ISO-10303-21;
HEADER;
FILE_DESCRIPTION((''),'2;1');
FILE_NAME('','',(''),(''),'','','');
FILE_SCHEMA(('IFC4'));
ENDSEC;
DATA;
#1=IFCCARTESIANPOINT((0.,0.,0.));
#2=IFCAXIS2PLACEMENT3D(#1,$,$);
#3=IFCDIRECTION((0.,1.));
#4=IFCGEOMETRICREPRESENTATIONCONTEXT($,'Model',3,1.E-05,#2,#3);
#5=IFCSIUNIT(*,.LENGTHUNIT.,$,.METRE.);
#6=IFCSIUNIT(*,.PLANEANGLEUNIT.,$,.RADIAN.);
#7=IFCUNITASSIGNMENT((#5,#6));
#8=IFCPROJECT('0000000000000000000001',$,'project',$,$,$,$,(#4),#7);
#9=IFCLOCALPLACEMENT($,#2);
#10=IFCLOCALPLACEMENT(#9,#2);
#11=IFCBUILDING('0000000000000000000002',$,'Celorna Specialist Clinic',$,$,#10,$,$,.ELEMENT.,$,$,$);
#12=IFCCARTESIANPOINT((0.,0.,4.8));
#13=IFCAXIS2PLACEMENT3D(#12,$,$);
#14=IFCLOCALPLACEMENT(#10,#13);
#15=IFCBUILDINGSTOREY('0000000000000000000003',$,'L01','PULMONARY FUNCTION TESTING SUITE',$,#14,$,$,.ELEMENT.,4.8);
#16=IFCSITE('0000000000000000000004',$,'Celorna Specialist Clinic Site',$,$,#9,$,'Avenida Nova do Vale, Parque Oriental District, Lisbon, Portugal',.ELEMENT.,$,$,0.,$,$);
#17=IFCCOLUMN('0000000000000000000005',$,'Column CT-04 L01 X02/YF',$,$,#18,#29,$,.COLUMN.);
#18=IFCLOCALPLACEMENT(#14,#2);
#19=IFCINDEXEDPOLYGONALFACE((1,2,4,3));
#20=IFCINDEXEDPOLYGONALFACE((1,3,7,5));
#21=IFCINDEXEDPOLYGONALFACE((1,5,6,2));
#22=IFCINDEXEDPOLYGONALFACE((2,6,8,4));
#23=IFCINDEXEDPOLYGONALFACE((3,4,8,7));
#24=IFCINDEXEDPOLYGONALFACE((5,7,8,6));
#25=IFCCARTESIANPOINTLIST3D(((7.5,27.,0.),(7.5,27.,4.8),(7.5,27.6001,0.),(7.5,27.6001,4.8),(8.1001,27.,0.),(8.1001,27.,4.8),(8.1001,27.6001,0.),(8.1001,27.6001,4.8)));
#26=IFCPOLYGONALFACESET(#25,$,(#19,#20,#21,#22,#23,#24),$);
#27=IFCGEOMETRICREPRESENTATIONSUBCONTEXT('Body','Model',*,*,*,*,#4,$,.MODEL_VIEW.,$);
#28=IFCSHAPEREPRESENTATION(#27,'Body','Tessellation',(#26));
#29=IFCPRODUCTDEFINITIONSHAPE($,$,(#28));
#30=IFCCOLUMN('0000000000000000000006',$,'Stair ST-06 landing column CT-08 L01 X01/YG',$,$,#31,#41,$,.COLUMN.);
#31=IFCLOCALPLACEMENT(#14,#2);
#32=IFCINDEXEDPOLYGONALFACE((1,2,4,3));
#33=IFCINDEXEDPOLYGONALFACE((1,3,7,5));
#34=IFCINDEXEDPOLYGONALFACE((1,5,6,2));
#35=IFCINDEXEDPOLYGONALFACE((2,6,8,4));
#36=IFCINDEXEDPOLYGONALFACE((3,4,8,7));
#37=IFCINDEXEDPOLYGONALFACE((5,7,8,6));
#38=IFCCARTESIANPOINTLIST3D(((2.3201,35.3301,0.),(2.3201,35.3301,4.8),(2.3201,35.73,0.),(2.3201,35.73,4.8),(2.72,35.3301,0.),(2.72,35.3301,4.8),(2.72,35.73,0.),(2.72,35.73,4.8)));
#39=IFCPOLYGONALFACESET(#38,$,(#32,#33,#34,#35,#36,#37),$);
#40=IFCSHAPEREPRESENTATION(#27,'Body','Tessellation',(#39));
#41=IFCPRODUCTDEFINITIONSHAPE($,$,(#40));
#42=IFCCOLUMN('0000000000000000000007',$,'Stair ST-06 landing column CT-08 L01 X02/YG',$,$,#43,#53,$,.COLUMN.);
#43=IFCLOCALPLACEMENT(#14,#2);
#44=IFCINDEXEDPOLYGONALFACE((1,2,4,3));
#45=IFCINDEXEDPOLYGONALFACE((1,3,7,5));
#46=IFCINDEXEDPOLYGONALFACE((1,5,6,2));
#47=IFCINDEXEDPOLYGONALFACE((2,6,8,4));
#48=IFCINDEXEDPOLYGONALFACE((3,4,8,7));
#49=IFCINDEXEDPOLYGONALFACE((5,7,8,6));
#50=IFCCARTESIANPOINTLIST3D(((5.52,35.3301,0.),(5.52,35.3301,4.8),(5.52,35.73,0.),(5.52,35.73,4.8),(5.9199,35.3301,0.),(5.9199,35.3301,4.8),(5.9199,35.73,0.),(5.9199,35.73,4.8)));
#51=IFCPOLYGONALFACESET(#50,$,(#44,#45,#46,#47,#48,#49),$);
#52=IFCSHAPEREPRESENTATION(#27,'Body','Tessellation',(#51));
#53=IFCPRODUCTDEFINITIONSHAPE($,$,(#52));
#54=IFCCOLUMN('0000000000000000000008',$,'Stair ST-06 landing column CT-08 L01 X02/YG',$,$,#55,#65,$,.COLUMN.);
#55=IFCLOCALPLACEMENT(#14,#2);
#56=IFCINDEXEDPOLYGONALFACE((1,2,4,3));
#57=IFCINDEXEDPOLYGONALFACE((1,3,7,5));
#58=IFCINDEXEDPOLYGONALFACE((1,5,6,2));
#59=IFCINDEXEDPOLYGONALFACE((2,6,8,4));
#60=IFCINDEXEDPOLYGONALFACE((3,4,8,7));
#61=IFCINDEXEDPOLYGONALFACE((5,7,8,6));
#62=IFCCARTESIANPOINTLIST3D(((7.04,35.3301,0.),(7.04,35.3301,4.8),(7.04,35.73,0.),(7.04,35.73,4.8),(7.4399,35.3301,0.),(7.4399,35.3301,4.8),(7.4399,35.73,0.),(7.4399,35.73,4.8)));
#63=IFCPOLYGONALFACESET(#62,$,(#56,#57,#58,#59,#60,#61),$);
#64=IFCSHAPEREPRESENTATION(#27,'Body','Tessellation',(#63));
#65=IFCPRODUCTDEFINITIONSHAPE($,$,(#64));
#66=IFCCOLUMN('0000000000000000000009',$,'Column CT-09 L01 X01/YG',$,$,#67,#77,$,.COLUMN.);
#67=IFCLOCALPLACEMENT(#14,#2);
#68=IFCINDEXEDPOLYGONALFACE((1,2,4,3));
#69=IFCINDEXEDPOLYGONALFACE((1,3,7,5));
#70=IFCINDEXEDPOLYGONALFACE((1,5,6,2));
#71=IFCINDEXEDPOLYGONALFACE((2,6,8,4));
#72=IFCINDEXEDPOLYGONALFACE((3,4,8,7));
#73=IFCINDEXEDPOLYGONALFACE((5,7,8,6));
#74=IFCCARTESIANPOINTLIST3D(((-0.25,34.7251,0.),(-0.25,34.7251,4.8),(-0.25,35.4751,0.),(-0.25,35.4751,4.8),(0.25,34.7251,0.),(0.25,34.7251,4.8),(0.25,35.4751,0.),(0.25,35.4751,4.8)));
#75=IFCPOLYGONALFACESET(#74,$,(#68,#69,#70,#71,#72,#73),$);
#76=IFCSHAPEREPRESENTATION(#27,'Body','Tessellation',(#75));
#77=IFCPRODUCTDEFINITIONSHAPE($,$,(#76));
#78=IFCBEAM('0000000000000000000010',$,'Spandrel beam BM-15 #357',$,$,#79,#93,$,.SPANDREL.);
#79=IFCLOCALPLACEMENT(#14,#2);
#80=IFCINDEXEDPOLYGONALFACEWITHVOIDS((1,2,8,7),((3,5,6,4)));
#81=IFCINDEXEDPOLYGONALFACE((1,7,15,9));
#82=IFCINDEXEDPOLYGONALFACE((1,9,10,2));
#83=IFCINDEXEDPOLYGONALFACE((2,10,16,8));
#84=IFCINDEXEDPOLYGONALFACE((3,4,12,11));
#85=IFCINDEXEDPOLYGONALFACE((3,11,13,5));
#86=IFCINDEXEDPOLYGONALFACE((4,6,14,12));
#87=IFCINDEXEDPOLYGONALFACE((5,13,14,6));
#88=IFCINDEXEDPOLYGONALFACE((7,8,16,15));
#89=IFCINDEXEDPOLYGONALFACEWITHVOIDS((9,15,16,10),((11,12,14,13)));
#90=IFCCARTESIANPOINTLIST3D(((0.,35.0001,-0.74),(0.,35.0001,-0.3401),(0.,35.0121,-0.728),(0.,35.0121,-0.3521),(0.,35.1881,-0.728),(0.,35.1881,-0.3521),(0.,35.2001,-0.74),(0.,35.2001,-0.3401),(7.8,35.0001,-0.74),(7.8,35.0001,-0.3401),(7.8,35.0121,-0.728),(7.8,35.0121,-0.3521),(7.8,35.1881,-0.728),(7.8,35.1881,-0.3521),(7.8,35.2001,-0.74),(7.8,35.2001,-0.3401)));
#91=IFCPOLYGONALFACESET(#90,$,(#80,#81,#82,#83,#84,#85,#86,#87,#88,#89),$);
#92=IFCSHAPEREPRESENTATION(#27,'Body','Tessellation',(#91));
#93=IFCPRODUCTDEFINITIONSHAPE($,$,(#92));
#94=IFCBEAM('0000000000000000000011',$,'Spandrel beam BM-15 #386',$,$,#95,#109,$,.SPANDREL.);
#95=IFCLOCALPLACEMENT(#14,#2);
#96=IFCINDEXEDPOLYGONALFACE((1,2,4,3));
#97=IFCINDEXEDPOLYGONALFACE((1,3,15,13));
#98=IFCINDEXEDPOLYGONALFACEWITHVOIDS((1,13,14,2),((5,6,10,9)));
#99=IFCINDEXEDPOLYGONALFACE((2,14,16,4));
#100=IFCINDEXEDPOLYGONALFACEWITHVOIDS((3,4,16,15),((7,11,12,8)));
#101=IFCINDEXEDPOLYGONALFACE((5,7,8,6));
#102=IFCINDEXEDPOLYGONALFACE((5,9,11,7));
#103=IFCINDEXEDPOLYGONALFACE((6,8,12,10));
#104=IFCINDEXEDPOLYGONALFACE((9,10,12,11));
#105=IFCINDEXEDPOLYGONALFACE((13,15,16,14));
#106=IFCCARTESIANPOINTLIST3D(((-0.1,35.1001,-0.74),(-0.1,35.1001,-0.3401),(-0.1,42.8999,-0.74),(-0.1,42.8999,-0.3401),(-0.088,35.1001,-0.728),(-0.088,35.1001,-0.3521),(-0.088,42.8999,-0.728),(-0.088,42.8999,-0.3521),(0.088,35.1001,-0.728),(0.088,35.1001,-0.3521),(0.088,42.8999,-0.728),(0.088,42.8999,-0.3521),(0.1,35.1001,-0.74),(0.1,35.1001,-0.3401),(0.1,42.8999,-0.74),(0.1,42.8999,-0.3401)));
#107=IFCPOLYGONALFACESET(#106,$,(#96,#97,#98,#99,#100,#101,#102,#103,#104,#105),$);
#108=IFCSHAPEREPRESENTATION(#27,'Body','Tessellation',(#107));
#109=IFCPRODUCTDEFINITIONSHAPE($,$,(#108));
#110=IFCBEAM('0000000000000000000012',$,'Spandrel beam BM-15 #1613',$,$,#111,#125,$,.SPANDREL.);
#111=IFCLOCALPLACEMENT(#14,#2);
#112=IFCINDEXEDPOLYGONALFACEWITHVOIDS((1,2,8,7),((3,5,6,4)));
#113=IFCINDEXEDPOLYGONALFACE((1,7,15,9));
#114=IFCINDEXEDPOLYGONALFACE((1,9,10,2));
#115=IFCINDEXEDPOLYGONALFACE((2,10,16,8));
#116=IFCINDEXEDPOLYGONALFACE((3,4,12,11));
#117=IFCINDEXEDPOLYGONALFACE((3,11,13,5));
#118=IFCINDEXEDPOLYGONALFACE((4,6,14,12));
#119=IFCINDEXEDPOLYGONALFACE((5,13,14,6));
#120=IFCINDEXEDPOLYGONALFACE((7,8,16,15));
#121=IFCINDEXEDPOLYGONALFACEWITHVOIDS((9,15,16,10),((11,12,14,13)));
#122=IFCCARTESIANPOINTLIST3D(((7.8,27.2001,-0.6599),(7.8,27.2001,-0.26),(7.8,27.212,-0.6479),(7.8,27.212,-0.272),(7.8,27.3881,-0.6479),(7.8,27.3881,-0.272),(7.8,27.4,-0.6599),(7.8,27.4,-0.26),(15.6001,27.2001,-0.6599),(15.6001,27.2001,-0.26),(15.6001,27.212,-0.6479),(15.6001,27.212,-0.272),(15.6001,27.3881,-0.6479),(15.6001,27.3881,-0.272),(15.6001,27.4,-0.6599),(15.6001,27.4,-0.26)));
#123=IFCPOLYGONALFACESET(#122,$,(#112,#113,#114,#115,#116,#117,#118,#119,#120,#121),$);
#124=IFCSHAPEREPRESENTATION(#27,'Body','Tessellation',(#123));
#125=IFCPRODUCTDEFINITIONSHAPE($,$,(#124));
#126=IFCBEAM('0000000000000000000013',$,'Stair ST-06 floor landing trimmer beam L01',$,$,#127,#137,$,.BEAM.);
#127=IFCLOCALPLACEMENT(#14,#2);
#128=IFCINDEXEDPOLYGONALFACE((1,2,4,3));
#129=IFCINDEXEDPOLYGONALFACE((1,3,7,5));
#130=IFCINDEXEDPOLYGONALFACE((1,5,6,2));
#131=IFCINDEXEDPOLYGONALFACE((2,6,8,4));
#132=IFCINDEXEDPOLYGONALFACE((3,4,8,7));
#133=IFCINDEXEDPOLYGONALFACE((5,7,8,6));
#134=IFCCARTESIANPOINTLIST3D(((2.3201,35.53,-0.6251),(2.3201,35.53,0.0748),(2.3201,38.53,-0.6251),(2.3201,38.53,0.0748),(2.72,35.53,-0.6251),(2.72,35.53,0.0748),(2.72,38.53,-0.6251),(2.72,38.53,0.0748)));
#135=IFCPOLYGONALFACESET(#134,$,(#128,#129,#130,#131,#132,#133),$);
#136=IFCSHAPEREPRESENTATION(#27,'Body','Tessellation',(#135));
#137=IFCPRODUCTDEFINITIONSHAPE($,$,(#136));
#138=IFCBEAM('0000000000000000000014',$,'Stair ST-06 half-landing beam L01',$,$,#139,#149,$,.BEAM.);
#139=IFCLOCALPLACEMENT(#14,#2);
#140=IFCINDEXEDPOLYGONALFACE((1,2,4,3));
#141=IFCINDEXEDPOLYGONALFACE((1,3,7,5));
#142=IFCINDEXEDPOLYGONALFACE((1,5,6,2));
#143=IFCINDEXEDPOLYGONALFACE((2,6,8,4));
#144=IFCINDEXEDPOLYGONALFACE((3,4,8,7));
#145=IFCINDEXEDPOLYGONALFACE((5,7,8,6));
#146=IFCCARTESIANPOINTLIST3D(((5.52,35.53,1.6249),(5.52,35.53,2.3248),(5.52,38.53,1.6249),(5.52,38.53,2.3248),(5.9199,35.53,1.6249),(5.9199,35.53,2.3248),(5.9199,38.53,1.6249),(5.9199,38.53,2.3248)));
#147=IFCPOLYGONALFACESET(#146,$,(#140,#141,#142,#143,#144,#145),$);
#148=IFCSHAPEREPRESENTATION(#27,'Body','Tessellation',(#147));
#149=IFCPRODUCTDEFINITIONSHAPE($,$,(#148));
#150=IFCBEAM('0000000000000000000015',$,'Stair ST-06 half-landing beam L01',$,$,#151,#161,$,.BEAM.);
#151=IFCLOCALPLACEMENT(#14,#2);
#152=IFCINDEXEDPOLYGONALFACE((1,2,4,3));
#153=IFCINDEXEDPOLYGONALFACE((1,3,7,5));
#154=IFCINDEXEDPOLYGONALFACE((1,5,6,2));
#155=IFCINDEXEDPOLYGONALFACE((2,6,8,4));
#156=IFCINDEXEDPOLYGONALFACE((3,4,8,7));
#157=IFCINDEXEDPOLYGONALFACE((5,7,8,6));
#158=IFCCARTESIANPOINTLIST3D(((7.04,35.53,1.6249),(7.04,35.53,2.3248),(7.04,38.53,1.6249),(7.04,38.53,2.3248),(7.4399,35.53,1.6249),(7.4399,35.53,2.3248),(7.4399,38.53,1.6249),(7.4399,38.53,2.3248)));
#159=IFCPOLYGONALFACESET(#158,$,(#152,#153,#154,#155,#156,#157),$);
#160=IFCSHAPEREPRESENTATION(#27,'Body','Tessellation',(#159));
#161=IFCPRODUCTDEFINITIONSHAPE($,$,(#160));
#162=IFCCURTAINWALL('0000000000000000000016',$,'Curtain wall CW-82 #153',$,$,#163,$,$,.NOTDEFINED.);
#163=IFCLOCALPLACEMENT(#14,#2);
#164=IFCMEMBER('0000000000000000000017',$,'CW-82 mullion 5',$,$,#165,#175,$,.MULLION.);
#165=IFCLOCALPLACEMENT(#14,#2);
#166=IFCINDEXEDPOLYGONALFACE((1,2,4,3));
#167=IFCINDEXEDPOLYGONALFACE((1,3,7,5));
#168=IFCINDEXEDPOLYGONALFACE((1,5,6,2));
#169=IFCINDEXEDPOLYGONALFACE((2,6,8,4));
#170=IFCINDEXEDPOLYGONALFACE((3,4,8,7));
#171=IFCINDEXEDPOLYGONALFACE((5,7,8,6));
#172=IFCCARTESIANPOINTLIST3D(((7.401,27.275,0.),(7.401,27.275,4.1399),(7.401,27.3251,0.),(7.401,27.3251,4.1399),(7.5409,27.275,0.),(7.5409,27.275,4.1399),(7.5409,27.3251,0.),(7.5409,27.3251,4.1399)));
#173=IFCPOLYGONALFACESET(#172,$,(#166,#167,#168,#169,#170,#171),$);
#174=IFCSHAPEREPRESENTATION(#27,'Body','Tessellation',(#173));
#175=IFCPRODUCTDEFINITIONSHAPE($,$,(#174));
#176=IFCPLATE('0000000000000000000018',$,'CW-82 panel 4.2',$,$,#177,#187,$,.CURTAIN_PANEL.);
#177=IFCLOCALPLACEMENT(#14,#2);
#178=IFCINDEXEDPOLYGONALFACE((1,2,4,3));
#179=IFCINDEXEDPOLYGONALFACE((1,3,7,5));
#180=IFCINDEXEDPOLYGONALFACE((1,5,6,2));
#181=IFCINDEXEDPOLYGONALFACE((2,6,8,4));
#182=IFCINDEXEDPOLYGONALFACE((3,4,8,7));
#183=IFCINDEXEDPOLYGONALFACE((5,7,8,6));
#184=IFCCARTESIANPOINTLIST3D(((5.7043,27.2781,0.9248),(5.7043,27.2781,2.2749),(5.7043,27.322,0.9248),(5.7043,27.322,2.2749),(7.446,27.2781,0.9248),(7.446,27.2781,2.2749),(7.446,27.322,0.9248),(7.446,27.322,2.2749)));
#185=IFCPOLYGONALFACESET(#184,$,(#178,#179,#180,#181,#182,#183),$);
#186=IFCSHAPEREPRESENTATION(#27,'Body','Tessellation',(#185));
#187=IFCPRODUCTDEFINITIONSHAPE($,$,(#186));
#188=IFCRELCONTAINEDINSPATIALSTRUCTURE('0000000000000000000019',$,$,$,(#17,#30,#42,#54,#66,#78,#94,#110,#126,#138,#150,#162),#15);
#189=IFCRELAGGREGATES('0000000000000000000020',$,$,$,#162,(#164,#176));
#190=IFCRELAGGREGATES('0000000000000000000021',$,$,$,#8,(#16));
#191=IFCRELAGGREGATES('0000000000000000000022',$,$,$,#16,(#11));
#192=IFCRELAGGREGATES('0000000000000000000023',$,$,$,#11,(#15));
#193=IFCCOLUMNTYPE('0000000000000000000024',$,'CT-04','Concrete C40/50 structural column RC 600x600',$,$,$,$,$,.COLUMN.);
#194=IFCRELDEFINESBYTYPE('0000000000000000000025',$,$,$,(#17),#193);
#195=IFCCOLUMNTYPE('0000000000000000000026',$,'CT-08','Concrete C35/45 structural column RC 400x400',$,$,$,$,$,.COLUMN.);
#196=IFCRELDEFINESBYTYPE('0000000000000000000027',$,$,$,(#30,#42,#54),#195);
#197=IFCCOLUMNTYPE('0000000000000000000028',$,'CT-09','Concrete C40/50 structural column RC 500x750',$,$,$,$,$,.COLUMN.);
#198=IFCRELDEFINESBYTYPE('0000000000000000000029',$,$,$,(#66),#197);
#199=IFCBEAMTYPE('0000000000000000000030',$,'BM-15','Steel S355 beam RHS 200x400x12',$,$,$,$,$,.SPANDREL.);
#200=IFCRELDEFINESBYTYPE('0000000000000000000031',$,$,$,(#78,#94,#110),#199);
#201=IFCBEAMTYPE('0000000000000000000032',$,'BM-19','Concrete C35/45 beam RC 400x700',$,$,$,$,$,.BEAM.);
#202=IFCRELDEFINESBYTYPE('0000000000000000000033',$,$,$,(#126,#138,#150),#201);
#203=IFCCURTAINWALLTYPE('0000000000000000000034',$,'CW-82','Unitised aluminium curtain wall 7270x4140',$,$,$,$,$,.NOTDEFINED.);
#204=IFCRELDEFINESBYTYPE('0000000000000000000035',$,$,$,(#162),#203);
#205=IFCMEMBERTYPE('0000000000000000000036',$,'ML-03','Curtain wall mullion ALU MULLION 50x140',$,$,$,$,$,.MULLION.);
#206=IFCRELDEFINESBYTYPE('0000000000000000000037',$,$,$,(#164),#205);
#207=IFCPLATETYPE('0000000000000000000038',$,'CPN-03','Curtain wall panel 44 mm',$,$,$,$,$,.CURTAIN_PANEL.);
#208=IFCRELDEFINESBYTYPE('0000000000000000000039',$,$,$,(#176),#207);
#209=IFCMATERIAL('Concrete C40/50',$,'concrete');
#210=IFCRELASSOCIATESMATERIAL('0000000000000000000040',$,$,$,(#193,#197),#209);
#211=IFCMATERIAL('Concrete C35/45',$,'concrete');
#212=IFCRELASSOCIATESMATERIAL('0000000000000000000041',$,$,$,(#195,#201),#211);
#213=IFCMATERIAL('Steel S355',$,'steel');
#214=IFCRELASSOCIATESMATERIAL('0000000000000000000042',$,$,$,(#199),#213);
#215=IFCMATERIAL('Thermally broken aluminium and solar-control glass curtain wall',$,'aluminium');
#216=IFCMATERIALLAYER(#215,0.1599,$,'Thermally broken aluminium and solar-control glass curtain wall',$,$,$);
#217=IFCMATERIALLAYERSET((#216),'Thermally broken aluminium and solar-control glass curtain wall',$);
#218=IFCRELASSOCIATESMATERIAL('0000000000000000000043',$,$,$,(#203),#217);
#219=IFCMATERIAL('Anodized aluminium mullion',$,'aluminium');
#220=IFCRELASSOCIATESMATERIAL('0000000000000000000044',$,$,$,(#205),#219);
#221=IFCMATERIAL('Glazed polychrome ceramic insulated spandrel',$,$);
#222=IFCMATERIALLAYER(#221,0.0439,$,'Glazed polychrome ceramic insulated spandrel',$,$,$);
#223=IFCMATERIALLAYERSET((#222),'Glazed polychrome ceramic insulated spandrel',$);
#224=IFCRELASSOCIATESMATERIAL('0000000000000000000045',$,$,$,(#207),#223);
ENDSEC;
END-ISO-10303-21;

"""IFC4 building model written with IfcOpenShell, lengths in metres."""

from ifc_helpers import new_model, si_unit, direction, frame, origin, origin_2d, place, context, subcontext, project, spatial, rectangle, hollow_rectangle, extrude, material, layer, layer_set, material_profile, profile_set, type_object, element, aggregate, save


model = new_model("IFC4")

# Units and contexts
model_context = context("Model", 3, precision=1e-05, world=origin(), true_north=direction((0.0, 1.0)))
body_context = subcontext(model_context, "Body", "Model", "MODEL_VIEW")
ifc_project = project(units=[si_unit("LENGTHUNIT", "METRE"), si_unit("PLANEANGLEUNIT", "RADIAN")], contexts=[model_context])

# Site, building, storey
site_placement = place(None, origin())
site = spatial("IfcSite", under=ifc_project, at=site_placement, Name="Celorna Specialist Clinic Site", LongName="Avenida Nova do Vale, Parque Oriental District, Lisbon, Portugal", CompositionType="ELEMENT", RefElevation=0.0)
building_placement = place(site_placement, origin())
building = spatial("IfcBuilding", under=site, at=building_placement, Name="Celorna Specialist Clinic", CompositionType="ELEMENT")
storey_placement = place(building_placement, frame((0.0, 0.0, 4.8)))
storey = spatial("IfcBuildingStorey", under=building, at=storey_placement, Name="L01", Description="PULMONARY FUNCTION TESTING SUITE", CompositionType="ELEMENT", Elevation=4.8)

# Columns
ifc_material_1 = material(Name="Concrete C40/50", Category="concrete")
ifc_material_profile_1 = material_profile(ifc_material_1, rectangle(XDim=0.6001, YDim=0.6001, at=origin_2d()), Name="RC 600x600")
ifc_profile_set_1 = profile_set([ifc_material_profile_1], Name="Concrete C40/50")
column_type_1 = type_object("IfcColumnType", Name="CT-04", Description="Concrete C40/50 structural column RC 600x600", PredefinedType="COLUMN", material=ifc_profile_set_1)
column_1_placement = place(storey_placement, frame((7.8, 27.3, 0.0), z_axis=(0.0, 0.0, 1.0), x_axis=(1.0, 0.0, 0.0)))
element("IfcColumn", 1, at=column_1_placement, inside=storey, type_object=column_type_1, Name="Column CT-04 L01 X02/YF", PredefinedType="COLUMN", context=body_context, shape_type="SweptSolid", body=[
    extrude(rectangle(XDim=0.6001, YDim=0.6001, at=origin_2d()), origin(), (0.0, 0.0, 1.0), 4.8),
])
ifc_material_2 = material(Name="Concrete C35/45", Category="concrete")
ifc_material_profile_2 = material_profile(ifc_material_2, rectangle(XDim=0.3999, YDim=0.3999, at=origin_2d()), Name="RC 400x400")
ifc_profile_set_2 = profile_set([ifc_material_profile_2], Name="Concrete C35/45")
column_type_2 = type_object("IfcColumnType", Name="CT-08", Description="Concrete C35/45 structural column RC 400x400", PredefinedType="COLUMN", material=ifc_profile_set_2)
for number, where, z_axis, x_axis, name in (
    (2, (2.52, 35.53, 0.0), (0.0, 0.0, 1.0), (1.0, 0.0, 0.0), "Stair ST-06 landing column CT-08 L01 X01/YG"),
    (3, (5.72, 35.53, 0.0), (0.0, 0.0, 1.0), (1.0, 0.0, 0.0), "Stair ST-06 landing column CT-08 L01 X02/YG"),
    (4, (7.24, 35.53, 0.0), (0.0, 0.0, 1.0), (1.0, 0.0, 0.0), "Stair ST-06 landing column CT-08 L01 X02/YG"),
):
    element("IfcColumn", number, at=place(storey_placement, frame(where, z_axis=z_axis, x_axis=x_axis)), inside=storey, type_object=column_type_2, Name=name, PredefinedType="COLUMN", context=body_context, shape_type="SweptSolid", body=[
        extrude(rectangle(XDim=0.3999, YDim=0.3999, at=origin_2d()), origin(), (0.0, 0.0, 1.0), 4.8),
    ])
ifc_material_profile_3 = material_profile(ifc_material_1, rectangle(XDim=0.5, YDim=0.75, at=origin_2d()), Name="RC 500x750")
ifc_profile_set_3 = profile_set([ifc_material_profile_3], Name="Concrete C40/50")
column_type_3 = type_object("IfcColumnType", Name="CT-09", Description="Concrete C40/50 structural column RC 500x750", PredefinedType="COLUMN", material=ifc_profile_set_3)
column_2_placement = place(storey_placement, frame((0.0, 35.1001, 0.0), z_axis=(0.0, 0.0, 1.0), x_axis=(1.0, 0.0, 0.0)))
element("IfcColumn", 5, at=column_2_placement, inside=storey, type_object=column_type_3, Name="Column CT-09 L01 X01/YG", PredefinedType="COLUMN", context=body_context, shape_type="SweptSolid", body=[
    extrude(rectangle(XDim=0.5, YDim=0.75, at=origin_2d()), origin(), (0.0, 0.0, 1.0), 4.8),
])

# Beams
ifc_material_3 = material(Name="Steel S355", Category="steel")
ifc_material_profile_4 = material_profile(ifc_material_3, hollow_rectangle(XDim=0.2, YDim=0.3999, WallThickness=0.012, at=origin_2d()), Name="RHS 200x400x12")
ifc_profile_set_4 = profile_set([ifc_material_profile_4], Name="Steel S355")
beam_type_1 = type_object("IfcBeamType", Name="BM-15", Description="Steel S355 beam RHS 200x400x12", PredefinedType="SPANDREL", material=ifc_profile_set_4)
beam_1_placement = place(storey_placement, frame((0.0, 35.1001, -0.54), z_axis=(1.0, 0.0, 0.0), x_axis=(0.0, 1.0, 0.0)))
element("IfcBeam", 6, at=beam_1_placement, inside=storey, type_object=beam_type_1, Name="Spandrel beam BM-15 #357", PredefinedType="SPANDREL", context=body_context, shape_type="SweptSolid", body=[
    extrude(hollow_rectangle(XDim=0.2, YDim=0.3999, WallThickness=0.012, at=origin_2d()), origin(), (0.0, 0.0, 1.0), 7.8),
])
beam_2_placement = place(storey_placement, frame((0.0, 35.1001, -0.54), z_axis=(0.0, 1.0, 0.0), x_axis=(-1.0, 0.0, 0.0)))
element("IfcBeam", 7, at=beam_2_placement, inside=storey, type_object=beam_type_1, Name="Spandrel beam BM-15 #386", PredefinedType="SPANDREL", context=body_context, shape_type="SweptSolid", body=[
    extrude(hollow_rectangle(XDim=0.2, YDim=0.3999, WallThickness=0.012, at=origin_2d()), origin(), (0.0, 0.0, 1.0), 7.7998),
])
beam_3_placement = place(storey_placement, frame((7.8, 27.3, -0.46), z_axis=(1.0, 0.0, 0.0), x_axis=(0.0, 1.0, 0.0)))
element("IfcBeam", 8, at=beam_3_placement, inside=storey, type_object=beam_type_1, Name="Spandrel beam BM-15 #1613", PredefinedType="SPANDREL", context=body_context, shape_type="SweptSolid", body=[
    extrude(hollow_rectangle(XDim=0.2, YDim=0.3999, WallThickness=0.012, at=origin_2d()), origin(), (0.0, 0.0, 1.0), 7.8),
])
ifc_material_profile_5 = material_profile(ifc_material_2, rectangle(XDim=0.3999, YDim=0.7, at=origin_2d()), Name="RC 400x700")
ifc_profile_set_5 = profile_set([ifc_material_profile_5], Name="Concrete C35/45")
beam_type_2 = type_object("IfcBeamType", Name="BM-19", Description="Concrete C35/45 beam RC 400x700", PredefinedType="BEAM", material=ifc_profile_set_5)
for number, where, z_axis, x_axis, name in (
    (9, (2.52, 35.53, -0.2751), (0.0, 1.0, 0.0), (-1.0, 0.0, 0.0), "Stair ST-06 floor landing trimmer beam L01"),
    (10, (5.72, 35.53, 1.9749), (0.0, 1.0, 0.0), (-1.0, 0.0, 0.0), "Stair ST-06 half-landing beam L01"),
    (11, (7.24, 35.53, 1.9749), (0.0, 1.0, 0.0), (-1.0, 0.0, 0.0), "Stair ST-06 half-landing beam L01"),
):
    element("IfcBeam", number, at=place(storey_placement, frame(where, z_axis=z_axis, x_axis=x_axis)), inside=storey, type_object=beam_type_2, Name=name, PredefinedType="BEAM", context=body_context, shape_type="SweptSolid", body=[
        extrude(rectangle(XDim=0.3999, YDim=0.7, at=origin_2d()), origin(), (0.0, 0.0, 1.0), 3.0),
    ])

# Curtain wall, member, plate
ifc_material_4 = material(Name="Thermally broken aluminium and solar-control glass curtain wall", Category="aluminium")
ifc_layer_1 = layer(ifc_material_4, 0.1599, Name="Thermally broken aluminium and solar-control glass curtain wall")
ifc_layer_set_1 = layer_set([ifc_layer_1], Name="Thermally broken aluminium and solar-control glass curtain wall")
curtain_wall_type = type_object("IfcCurtainWallType", Name="CW-82", Description="Unitised aluminium curtain wall 7270x4140", PredefinedType="NOTDEFINED", material=ifc_layer_set_1)
curtain_wall_placement = place(storey_placement, origin())
curtain_wall = element("IfcCurtainWall", 12, at=curtain_wall_placement, inside=storey, type_object=curtain_wall_type, Name="Curtain wall CW-82 #153", PredefinedType="NOTDEFINED")
ifc_material_5 = material(Name="Anodized aluminium mullion", Category="aluminium")
ifc_material_profile_6 = material_profile(ifc_material_5, rectangle(XDim=0.05, YDim=0.1399, at=origin_2d()), Name="ALU MULLION 50x140")
ifc_profile_set_6 = profile_set([ifc_material_profile_6], Name="Anodized aluminium mullion")
member_type = type_object("IfcMemberType", Name="ML-03", Description="Curtain wall mullion ALU MULLION 50x140", PredefinedType="MULLION", material=ifc_profile_set_6)
member_placement = place(storey_placement, frame((7.4709, 27.3, 0.0), z_axis=(0.0, 0.0, 1.0), x_axis=(0.0, 1.0, 0.0)))
member = element("IfcMember", 13, at=member_placement, type_object=member_type, Name="CW-82 mullion 5", PredefinedType="MULLION", context=body_context, shape_type="SweptSolid", body=[
    extrude(rectangle(XDim=0.05, YDim=0.1399, at=origin_2d()), origin(), (0.0, 0.0, 1.0), 4.1399),
])
ifc_material_6 = material(Name="Glazed polychrome ceramic insulated spandrel")
ifc_layer_2 = layer(ifc_material_6, 0.0439, Name="Glazed polychrome ceramic insulated spandrel")
ifc_layer_set_2 = layer_set([ifc_layer_2], Name="Glazed polychrome ceramic insulated spandrel")
plate_type = type_object("IfcPlateType", Name="CPN-03", Description="Curtain wall panel 44 mm", PredefinedType="CURTAIN_PANEL", material=ifc_layer_set_2)
plate_1_placement = place(storey_placement, frame((6.5752, 27.3, 0.9248), z_axis=(0.0, 0.0, 1.0), x_axis=(1.0, 0.0, 0.0)))
plate_1 = element("IfcPlate", 14, at=plate_1_placement, type_object=plate_type, Name="CW-82 panel 4.2", PredefinedType="CURTAIN_PANEL", context=body_context, shape_type="SweptSolid", body=[
    extrude(rectangle(XDim=1.7417, YDim=0.0439, at=origin_2d()), origin(), (0.0, 0.0, 1.0), 1.3501),
])
aggregate(curtain_wall, [member, plate_1])

save(model, "model.ifc")
